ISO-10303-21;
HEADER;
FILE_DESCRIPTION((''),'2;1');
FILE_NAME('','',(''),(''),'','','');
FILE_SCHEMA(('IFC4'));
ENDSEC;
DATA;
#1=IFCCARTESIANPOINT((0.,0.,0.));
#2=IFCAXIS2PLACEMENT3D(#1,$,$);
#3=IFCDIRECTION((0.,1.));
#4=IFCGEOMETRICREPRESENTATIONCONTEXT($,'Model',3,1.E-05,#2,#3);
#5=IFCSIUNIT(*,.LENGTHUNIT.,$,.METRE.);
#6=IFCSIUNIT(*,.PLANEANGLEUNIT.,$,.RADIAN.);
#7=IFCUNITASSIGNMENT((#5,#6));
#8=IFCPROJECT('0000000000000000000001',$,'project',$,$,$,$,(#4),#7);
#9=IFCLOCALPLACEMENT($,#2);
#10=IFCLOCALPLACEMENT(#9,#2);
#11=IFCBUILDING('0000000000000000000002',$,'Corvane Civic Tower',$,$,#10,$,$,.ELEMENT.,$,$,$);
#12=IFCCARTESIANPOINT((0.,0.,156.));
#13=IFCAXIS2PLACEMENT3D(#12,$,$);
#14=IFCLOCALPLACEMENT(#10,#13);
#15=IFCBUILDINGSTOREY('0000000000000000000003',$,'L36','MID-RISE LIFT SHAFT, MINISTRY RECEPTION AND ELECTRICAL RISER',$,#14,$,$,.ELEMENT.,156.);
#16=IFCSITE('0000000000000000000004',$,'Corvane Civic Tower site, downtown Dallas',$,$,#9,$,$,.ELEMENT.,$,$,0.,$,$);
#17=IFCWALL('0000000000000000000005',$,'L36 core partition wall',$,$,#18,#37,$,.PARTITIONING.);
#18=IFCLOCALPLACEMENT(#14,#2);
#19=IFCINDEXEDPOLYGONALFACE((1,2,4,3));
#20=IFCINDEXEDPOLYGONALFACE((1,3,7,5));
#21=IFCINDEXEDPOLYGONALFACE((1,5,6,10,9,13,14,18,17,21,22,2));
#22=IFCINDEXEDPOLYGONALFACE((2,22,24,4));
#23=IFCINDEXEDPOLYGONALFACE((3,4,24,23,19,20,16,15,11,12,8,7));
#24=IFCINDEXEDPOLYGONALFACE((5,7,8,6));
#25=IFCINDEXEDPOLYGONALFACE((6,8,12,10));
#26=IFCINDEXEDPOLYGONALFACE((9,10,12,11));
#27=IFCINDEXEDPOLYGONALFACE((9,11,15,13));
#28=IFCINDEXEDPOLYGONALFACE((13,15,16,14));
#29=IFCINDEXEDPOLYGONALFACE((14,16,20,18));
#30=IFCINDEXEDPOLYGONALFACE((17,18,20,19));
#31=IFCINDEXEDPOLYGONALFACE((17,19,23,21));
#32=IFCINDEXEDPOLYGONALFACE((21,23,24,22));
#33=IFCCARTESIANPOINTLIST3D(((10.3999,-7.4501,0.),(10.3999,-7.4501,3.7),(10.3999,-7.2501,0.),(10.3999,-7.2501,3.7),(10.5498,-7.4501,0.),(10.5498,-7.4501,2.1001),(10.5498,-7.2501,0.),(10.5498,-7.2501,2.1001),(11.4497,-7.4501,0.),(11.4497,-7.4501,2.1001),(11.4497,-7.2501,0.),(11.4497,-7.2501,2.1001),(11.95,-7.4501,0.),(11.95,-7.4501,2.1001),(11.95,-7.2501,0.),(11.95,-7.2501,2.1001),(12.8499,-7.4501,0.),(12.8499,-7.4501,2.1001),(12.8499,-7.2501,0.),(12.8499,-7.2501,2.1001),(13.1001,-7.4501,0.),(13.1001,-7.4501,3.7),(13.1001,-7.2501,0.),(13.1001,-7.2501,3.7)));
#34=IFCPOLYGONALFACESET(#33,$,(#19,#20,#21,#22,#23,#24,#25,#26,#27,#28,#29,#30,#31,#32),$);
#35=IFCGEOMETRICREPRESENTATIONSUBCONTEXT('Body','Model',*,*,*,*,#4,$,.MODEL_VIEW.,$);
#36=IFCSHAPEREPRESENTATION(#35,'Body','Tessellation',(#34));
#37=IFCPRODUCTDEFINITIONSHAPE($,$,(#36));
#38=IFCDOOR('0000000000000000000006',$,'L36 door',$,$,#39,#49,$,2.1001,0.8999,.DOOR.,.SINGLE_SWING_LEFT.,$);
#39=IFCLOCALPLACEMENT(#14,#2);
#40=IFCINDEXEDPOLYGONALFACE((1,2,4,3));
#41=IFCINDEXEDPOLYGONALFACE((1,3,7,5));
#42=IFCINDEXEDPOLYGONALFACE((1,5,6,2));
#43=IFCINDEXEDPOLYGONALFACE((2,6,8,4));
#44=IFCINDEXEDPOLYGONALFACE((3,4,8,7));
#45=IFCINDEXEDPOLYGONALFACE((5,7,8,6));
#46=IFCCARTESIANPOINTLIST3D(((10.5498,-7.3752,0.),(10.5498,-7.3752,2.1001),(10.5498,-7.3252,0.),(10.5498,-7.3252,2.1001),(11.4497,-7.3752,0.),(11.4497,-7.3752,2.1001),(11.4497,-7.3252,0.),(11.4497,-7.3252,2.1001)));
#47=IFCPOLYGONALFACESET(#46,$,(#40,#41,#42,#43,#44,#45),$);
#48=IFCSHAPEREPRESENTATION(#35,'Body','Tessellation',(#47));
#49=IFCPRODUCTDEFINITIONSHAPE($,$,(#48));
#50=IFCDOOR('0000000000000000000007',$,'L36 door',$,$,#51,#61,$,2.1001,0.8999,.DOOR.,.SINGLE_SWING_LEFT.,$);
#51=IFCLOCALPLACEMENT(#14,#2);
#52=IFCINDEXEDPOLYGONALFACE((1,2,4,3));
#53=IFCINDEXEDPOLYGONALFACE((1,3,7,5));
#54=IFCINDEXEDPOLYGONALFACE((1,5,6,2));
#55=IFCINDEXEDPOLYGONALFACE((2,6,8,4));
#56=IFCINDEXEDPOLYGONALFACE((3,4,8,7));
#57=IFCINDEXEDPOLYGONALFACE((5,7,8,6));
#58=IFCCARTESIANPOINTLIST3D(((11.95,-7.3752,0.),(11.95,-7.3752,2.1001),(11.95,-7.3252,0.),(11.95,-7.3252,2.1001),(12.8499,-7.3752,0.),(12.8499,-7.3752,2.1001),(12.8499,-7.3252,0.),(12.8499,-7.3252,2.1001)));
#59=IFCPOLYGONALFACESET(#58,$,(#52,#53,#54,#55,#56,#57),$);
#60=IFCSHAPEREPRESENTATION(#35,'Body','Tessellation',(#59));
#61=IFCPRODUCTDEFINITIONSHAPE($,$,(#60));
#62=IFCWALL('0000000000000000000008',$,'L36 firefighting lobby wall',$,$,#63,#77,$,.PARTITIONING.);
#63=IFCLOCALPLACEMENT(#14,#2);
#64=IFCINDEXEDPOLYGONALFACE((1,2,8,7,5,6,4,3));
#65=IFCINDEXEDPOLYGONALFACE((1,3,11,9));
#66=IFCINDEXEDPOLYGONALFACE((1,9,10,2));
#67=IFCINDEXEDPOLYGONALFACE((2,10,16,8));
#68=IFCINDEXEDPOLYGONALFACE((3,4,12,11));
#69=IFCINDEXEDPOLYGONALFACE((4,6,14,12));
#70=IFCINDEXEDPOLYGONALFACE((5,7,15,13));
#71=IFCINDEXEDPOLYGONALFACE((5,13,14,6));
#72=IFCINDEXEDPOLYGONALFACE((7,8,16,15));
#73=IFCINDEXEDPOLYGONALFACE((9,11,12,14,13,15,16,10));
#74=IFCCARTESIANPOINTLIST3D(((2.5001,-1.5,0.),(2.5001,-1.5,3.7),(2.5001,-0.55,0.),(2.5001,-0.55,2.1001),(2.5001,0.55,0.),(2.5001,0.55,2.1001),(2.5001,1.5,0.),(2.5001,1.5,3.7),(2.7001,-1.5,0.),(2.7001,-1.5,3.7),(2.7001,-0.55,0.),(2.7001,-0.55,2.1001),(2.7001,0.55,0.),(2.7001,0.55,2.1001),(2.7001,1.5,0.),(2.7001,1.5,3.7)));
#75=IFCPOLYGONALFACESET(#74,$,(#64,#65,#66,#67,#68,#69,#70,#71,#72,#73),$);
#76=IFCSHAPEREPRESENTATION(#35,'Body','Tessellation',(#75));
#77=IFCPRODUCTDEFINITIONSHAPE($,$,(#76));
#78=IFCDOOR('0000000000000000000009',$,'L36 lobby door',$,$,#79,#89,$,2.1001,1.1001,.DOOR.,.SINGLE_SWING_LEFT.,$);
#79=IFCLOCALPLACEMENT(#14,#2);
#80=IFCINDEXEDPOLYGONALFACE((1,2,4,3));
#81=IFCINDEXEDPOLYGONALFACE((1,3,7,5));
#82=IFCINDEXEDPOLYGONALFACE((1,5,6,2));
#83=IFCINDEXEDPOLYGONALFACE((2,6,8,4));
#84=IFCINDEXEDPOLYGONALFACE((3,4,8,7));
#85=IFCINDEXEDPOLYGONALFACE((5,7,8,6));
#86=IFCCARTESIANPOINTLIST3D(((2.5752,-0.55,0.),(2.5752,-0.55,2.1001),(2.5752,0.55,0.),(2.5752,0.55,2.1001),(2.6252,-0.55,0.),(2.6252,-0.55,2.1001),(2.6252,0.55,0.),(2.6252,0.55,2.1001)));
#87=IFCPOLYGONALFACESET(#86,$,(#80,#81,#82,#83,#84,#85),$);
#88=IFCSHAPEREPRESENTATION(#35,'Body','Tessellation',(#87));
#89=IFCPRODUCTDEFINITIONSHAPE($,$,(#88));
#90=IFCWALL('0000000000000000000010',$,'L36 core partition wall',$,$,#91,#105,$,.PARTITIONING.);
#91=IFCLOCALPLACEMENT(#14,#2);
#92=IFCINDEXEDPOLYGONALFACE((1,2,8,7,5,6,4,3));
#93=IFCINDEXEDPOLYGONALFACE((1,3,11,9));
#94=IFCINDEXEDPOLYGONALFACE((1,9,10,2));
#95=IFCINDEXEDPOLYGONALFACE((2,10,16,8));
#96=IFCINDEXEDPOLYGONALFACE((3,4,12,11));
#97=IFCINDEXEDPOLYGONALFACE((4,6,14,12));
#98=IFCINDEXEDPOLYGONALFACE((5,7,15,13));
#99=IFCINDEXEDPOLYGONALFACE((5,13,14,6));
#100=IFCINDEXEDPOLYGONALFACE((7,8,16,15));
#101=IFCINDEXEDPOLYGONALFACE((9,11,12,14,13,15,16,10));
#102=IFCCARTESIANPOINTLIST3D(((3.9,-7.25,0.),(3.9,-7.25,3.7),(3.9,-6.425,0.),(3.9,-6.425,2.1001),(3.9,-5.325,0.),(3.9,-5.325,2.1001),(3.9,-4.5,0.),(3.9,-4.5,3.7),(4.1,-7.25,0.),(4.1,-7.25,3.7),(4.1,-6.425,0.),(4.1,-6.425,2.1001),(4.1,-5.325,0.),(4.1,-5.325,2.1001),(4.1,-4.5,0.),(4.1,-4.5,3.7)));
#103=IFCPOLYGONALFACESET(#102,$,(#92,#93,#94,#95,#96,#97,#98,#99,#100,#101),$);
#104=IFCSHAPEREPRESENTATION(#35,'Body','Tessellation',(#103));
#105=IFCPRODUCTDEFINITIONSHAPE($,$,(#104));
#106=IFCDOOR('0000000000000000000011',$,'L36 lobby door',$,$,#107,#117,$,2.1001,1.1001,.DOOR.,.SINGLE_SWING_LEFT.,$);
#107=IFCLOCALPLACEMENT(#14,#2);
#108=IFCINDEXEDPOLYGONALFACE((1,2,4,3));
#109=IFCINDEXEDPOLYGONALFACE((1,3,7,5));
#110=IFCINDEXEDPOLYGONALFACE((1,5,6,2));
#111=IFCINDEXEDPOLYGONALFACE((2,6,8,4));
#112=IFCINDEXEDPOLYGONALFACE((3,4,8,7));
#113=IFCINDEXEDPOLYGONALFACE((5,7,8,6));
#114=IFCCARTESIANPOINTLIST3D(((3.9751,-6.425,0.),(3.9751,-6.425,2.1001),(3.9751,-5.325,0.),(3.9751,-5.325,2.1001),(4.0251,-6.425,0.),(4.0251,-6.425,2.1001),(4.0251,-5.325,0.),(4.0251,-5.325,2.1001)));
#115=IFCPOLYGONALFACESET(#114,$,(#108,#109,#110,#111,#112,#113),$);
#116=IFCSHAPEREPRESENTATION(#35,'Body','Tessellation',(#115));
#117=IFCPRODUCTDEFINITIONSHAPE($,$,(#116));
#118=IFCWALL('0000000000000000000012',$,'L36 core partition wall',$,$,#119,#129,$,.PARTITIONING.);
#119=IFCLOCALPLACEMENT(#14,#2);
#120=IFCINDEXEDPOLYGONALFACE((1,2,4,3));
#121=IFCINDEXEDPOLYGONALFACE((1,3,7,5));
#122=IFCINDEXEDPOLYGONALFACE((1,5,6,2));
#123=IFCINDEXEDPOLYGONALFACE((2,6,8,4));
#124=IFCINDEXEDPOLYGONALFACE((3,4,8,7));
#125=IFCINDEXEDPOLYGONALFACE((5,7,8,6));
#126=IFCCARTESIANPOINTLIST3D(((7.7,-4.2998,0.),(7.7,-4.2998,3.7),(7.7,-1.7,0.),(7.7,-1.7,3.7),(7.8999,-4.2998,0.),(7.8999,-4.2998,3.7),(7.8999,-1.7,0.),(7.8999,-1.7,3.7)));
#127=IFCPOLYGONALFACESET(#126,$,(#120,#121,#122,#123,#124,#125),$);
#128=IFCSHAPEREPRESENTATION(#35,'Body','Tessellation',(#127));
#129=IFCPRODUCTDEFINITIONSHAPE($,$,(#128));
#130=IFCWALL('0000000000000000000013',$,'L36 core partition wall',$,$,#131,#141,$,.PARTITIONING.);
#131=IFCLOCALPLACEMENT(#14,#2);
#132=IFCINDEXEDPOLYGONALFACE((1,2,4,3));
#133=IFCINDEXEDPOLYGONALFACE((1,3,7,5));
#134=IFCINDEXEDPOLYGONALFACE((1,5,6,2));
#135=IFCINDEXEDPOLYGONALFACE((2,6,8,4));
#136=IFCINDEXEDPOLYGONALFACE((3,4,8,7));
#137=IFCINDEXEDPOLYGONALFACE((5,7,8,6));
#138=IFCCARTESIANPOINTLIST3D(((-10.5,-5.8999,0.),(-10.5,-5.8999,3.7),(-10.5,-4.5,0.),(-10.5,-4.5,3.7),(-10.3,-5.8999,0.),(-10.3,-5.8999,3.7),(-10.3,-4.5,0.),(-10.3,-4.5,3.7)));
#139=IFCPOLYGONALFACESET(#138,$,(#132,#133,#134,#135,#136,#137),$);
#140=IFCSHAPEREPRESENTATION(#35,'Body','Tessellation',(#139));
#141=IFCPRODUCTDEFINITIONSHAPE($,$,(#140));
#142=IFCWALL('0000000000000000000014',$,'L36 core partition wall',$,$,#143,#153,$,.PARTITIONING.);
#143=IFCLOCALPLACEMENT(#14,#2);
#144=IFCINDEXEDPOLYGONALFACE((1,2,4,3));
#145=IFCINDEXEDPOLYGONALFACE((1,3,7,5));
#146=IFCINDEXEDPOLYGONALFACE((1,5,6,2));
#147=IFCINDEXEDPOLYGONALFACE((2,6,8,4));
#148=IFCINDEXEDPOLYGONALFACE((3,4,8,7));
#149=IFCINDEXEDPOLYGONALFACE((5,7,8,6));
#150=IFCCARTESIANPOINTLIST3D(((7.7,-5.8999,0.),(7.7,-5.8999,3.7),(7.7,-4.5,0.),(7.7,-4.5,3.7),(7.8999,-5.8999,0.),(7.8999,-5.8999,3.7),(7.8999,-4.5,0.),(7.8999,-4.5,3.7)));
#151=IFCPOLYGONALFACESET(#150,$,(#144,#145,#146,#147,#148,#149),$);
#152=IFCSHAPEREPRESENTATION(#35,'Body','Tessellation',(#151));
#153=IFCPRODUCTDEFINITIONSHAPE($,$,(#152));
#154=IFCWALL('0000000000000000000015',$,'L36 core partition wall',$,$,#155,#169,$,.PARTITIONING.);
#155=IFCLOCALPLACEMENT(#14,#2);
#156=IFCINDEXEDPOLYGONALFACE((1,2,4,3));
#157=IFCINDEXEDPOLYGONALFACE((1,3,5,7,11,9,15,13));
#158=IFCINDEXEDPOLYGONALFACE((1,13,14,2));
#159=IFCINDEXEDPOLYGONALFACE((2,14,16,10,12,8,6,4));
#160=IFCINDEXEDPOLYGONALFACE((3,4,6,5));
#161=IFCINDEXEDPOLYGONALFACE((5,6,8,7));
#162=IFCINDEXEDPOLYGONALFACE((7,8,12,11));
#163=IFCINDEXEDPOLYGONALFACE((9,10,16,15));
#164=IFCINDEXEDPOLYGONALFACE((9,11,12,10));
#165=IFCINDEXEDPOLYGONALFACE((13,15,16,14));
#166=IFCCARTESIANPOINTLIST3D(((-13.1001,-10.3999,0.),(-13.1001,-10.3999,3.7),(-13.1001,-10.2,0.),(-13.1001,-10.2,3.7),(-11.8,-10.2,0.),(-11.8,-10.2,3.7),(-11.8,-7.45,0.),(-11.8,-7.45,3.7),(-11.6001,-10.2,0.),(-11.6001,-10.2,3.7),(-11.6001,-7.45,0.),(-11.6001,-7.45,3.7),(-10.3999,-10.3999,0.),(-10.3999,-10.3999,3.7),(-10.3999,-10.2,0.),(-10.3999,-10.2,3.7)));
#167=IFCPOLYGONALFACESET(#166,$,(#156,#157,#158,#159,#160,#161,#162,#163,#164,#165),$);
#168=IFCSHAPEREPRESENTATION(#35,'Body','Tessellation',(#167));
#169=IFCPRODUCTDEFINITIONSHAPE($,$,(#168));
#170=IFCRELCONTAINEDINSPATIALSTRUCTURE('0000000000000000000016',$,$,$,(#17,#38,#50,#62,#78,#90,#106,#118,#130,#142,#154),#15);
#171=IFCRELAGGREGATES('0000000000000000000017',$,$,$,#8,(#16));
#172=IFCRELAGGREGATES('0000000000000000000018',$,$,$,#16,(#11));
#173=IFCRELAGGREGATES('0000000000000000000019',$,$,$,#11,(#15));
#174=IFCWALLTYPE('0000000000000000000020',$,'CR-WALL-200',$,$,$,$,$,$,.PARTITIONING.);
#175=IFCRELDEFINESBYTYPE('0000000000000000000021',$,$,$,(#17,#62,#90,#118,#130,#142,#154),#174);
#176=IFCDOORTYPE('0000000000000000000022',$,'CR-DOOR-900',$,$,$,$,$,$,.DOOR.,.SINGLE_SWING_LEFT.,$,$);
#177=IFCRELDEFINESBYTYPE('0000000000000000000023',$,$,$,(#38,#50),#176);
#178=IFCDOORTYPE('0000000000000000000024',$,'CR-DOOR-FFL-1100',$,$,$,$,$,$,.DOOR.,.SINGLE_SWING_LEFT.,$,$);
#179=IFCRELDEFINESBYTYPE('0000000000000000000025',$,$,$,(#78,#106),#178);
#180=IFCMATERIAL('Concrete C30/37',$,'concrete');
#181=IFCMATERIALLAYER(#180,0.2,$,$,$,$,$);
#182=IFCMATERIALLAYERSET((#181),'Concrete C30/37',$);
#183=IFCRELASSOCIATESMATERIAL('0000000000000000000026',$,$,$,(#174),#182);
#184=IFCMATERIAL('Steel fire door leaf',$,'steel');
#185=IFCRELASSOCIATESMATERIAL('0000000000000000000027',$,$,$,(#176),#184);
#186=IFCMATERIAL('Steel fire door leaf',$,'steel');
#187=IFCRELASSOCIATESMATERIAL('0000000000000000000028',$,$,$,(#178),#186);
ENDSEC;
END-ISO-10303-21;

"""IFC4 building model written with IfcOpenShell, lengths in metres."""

from ifc_helpers import new_model, si_unit, direction, frame, frame_2d, origin, place, context, subcontext, project, spatial, polyline, rectangle, outline, extrude, material, layer, layer_set, type_object, element, fill, save


model = new_model("IFC4")

# Units and contexts
model_context = context("Model", 3, precision=1e-05, world=origin(), true_north=direction((0.0, 1.0)))
body_context = subcontext(model_context, "Body", "Model", "MODEL_VIEW")
ifc_project = project(units=[si_unit("LENGTHUNIT", "METRE"), si_unit("PLANEANGLEUNIT", "RADIAN")], contexts=[model_context])

# Site, building, storey
site_placement = place(None, origin())
site = spatial("IfcSite", under=ifc_project, at=site_placement, Name="Corvane Civic Tower site, downtown Dallas", CompositionType="ELEMENT", RefElevation=0.0)
building_placement = place(site_placement, origin())
building = spatial("IfcBuilding", under=site, at=building_placement, Name="Corvane Civic Tower", CompositionType="ELEMENT")
storey_placement = place(building_placement, frame((0.0, 0.0, 156.0)))
storey = spatial("IfcBuildingStorey", under=building, at=storey_placement, Name="L36", Description="MID-RISE LIFT SHAFT, MINISTRY RECEPTION AND ELECTRICAL RISER", CompositionType="ELEMENT", Elevation=156.0)

# Wall, openings, doors
ifc_material_1 = material(Name="Concrete C30/37", Category="concrete")
ifc_layer_1 = layer(ifc_material_1, 0.2)
ifc_layer_set_1 = layer_set([ifc_layer_1], Name="Concrete C30/37")
wall_type_1 = type_object("IfcWallType", Name="CR-WALL-200", PredefinedType="PARTITIONING", material=ifc_layer_set_1)
wall_1_placement = place(storey_placement, frame((10.3999, -7.3501, 0.0), z_axis=(0.0, 0.0, 1.0), x_axis=(1.0, 0.0, 0.0)))
wall_1 = element("IfcWall", 1, at=wall_1_placement, inside=storey, type_object=wall_type_1, Name="L36 core partition wall", PredefinedType="PARTITIONING", context=body_context, shape_type="SweptSolid", body=[
    extrude(rectangle(XDim=2.7002, YDim=0.2, at=frame_2d((1.3501, 0.0))), origin(), (0.0, 0.0, 1.0), 3.7),
])
opening_1_placement = place(wall_1_placement, frame((0.1499, 0.0, 0.0)))
opening_1 = element("IfcOpeningElement", 2, at=opening_1_placement, cuts=wall_1, PredefinedType="OPENING", context=body_context, shape_type="SweptSolid", body=[
    extrude(rectangle(XDim=0.8999, YDim=2.1001, at=frame_2d((0.45, 1.05))), frame((0.0, 0.1099, 0.0), z_axis=(0.0, -1.0, 0.0), x_axis=(1.0, 0.0, 0.0)), (0.0, 0.0, 1.0), 0.22),
])
opening_2_placement = place(wall_1_placement, frame((1.55, 0.0, 0.0)))
opening_2 = element("IfcOpeningElement", 3, at=opening_2_placement, cuts=wall_1, PredefinedType="OPENING", context=body_context, shape_type="SweptSolid", body=[
    extrude(rectangle(XDim=0.8999, YDim=2.1001, at=frame_2d((0.45, 1.05))), frame((0.0, 0.1099, 0.0), z_axis=(0.0, -1.0, 0.0), x_axis=(1.0, 0.0, 0.0)), (0.0, 0.0, 1.0), 0.22),
])
ifc_material_2 = material(Name="Steel fire door leaf", Category="steel")
door_type_1 = type_object("IfcDoorType", Name="CR-DOOR-900", OperationType="SINGLE_SWING_LEFT", PredefinedType="DOOR", material=ifc_material_2)
door_1_placement = place(opening_1_placement, origin())
door_1 = element("IfcDoor", 4, at=door_1_placement, inside=storey, type_object=door_type_1, Name="L36 door", OperationType="SINGLE_SWING_LEFT", OverallHeight=2.1001, OverallWidth=0.8999, PredefinedType="DOOR", context=body_context, shape_type="SweptSolid", body=[
    extrude(rectangle(XDim=0.8999, YDim=2.1001, at=frame_2d((0.45, 1.05))), frame((0.0, 0.0249, 0.0), z_axis=(0.0, -1.0, 0.0), x_axis=(1.0, 0.0, 0.0)), (0.0, 0.0, 1.0), 0.05),
])
fill(opening_1, door_1)
door_2_placement = place(opening_2_placement, origin())
door_2 = element("IfcDoor", 5, at=door_2_placement, inside=storey, type_object=door_type_1, Name="L36 door", OperationType="SINGLE_SWING_LEFT", OverallHeight=2.1001, OverallWidth=0.8999, PredefinedType="DOOR", context=body_context, shape_type="SweptSolid", body=[
    extrude(rectangle(XDim=0.8999, YDim=2.1001, at=frame_2d((0.45, 1.05))), frame((0.0, 0.0249, 0.0), z_axis=(0.0, -1.0, 0.0), x_axis=(1.0, 0.0, 0.0)), (0.0, 0.0, 1.0), 0.05),
])
fill(opening_2, door_2)

# Walls, openings, doors
wall_2_placement = place(storey_placement, frame((2.6001, -1.5, 0.0), z_axis=(0.0, 0.0, 1.0), x_axis=(0.0, 1.0, 0.0)))
wall_2 = element("IfcWall", 6, at=wall_2_placement, inside=storey, type_object=wall_type_1, Name="L36 firefighting lobby wall", PredefinedType="PARTITIONING", context=body_context, shape_type="SweptSolid", body=[
    extrude(rectangle(XDim=3.0, YDim=0.2, at=frame_2d((1.5, 0.0))), origin(), (0.0, 0.0, 1.0), 3.7),
])
opening_3_placement = place(wall_2_placement, frame((0.95, 0.0, 0.0)))
opening_3 = element("IfcOpeningElement", 7, at=opening_3_placement, cuts=wall_2, PredefinedType="OPENING", context=body_context, shape_type="SweptSolid", body=[
    extrude(rectangle(XDim=1.1001, YDim=2.1001, at=frame_2d((0.55, 1.05))), frame((0.0, 0.1099, 0.0), z_axis=(0.0, -1.0, 0.0), x_axis=(1.0, 0.0, 0.0)), (0.0, 0.0, 1.0), 0.22),
])
ifc_material_3 = material(Name="Steel fire door leaf", Category="steel")
door_type_2 = type_object("IfcDoorType", Name="CR-DOOR-FFL-1100", OperationType="SINGLE_SWING_LEFT", PredefinedType="DOOR", material=ifc_material_3)
door_3_placement = place(opening_3_placement, origin())
door_3 = element("IfcDoor", 8, at=door_3_placement, inside=storey, type_object=door_type_2, Name="L36 lobby door", OperationType="SINGLE_SWING_LEFT", OverallHeight=2.1001, OverallWidth=1.1001, PredefinedType="DOOR", context=body_context, shape_type="SweptSolid", body=[
    extrude(rectangle(XDim=1.1001, YDim=2.1001, at=frame_2d((0.55, 1.05))), frame((0.0, 0.0249, 0.0), z_axis=(0.0, -1.0, 0.0), x_axis=(1.0, 0.0, 0.0)), (0.0, 0.0, 1.0), 0.05),
])
fill(opening_3, door_3)
wall_3_placement = place(storey_placement, frame((4.0, -7.25, 0.0), z_axis=(0.0, 0.0, 1.0), x_axis=(0.0, 1.0, 0.0)))
wall_3 = element("IfcWall", 9, at=wall_3_placement, inside=storey, type_object=wall_type_1, Name="L36 core partition wall", PredefinedType="PARTITIONING", context=body_context, shape_type="SweptSolid", body=[
    extrude(rectangle(XDim=2.75, YDim=0.2, at=frame_2d((1.375, 0.0))), origin(), (0.0, 0.0, 1.0), 3.7),
])
opening_4_placement = place(wall_3_placement, frame((0.825, 0.0, 0.0)))
opening_4 = element("IfcOpeningElement", 10, at=opening_4_placement, cuts=wall_3, PredefinedType="OPENING", context=body_context, shape_type="SweptSolid", body=[
    extrude(rectangle(XDim=1.1001, YDim=2.1001, at=frame_2d((0.55, 1.05))), frame((0.0, 0.1099, 0.0), z_axis=(0.0, -1.0, 0.0), x_axis=(1.0, 0.0, 0.0)), (0.0, 0.0, 1.0), 0.22),
])
door_4_placement = place(opening_4_placement, origin())
door_4 = element("IfcDoor", 11, at=door_4_placement, inside=storey, type_object=door_type_2, Name="L36 lobby door", OperationType="SINGLE_SWING_LEFT", OverallHeight=2.1001, OverallWidth=1.1001, PredefinedType="DOOR", context=body_context, shape_type="SweptSolid", body=[
    extrude(rectangle(XDim=1.1001, YDim=2.1001, at=frame_2d((0.55, 1.05))), frame((0.0, 0.0249, 0.0), z_axis=(0.0, -1.0, 0.0), x_axis=(1.0, 0.0, 0.0)), (0.0, 0.0, 1.0), 0.05),
])
fill(opening_4, door_4)

# Walls
wall_4_placement = place(storey_placement, origin())
element("IfcWall", 12, at=wall_4_placement, inside=storey, type_object=wall_type_1, Name="L36 core partition wall", PredefinedType="PARTITIONING", context=body_context, shape_type="SweptSolid", body=[
    extrude(outline(polyline([(7.8999, -1.7), (7.8999, -4.2998), (7.7, -4.2998), (7.7, -1.7), (7.8999, -1.7)])), origin(), (0.0, 0.0, 1.0), 3.7),
])
wall_5_placement = place(storey_placement, origin())
element("IfcWall", 13, at=wall_5_placement, inside=storey, type_object=wall_type_1, Name="L36 core partition wall", PredefinedType="PARTITIONING", context=body_context, shape_type="SweptSolid", body=[
    extrude(outline(polyline([(-10.3, -5.8999), (-10.5, -5.8999), (-10.5, -4.5), (-10.3, -4.5), (-10.3, -5.8999)])), origin(), (0.0, 0.0, 1.0), 3.7),
])
wall_6_placement = place(storey_placement, origin())
element("IfcWall", 14, at=wall_6_placement, inside=storey, type_object=wall_type_1, Name="L36 core partition wall", PredefinedType="PARTITIONING", context=body_context, shape_type="SweptSolid", body=[
    extrude(outline(polyline([(7.8999, -5.8999), (7.7, -5.8999), (7.7, -4.5), (7.8999, -4.5), (7.8999, -5.8999)])), origin(), (0.0, 0.0, 1.0), 3.7),
])
wall_7_placement = place(storey_placement, origin())
element("IfcWall", 15, at=wall_7_placement, inside=storey, type_object=wall_type_1, Name="L36 core partition wall", PredefinedType="PARTITIONING", context=body_context, shape_type="SweptSolid", body=[
    extrude(outline(polyline([(-11.8, -7.45), (-11.6001, -7.45), (-11.6001, -10.2), (-10.3999, -10.2), (-10.3999, -10.3999), (-13.1001, -10.3999), (-13.1001, -10.2), (-11.8, -10.2), (-11.8, -7.45)])), origin(), (0.0, 0.0, 1.0), 3.7),
])

save(model, "model.ifc")
